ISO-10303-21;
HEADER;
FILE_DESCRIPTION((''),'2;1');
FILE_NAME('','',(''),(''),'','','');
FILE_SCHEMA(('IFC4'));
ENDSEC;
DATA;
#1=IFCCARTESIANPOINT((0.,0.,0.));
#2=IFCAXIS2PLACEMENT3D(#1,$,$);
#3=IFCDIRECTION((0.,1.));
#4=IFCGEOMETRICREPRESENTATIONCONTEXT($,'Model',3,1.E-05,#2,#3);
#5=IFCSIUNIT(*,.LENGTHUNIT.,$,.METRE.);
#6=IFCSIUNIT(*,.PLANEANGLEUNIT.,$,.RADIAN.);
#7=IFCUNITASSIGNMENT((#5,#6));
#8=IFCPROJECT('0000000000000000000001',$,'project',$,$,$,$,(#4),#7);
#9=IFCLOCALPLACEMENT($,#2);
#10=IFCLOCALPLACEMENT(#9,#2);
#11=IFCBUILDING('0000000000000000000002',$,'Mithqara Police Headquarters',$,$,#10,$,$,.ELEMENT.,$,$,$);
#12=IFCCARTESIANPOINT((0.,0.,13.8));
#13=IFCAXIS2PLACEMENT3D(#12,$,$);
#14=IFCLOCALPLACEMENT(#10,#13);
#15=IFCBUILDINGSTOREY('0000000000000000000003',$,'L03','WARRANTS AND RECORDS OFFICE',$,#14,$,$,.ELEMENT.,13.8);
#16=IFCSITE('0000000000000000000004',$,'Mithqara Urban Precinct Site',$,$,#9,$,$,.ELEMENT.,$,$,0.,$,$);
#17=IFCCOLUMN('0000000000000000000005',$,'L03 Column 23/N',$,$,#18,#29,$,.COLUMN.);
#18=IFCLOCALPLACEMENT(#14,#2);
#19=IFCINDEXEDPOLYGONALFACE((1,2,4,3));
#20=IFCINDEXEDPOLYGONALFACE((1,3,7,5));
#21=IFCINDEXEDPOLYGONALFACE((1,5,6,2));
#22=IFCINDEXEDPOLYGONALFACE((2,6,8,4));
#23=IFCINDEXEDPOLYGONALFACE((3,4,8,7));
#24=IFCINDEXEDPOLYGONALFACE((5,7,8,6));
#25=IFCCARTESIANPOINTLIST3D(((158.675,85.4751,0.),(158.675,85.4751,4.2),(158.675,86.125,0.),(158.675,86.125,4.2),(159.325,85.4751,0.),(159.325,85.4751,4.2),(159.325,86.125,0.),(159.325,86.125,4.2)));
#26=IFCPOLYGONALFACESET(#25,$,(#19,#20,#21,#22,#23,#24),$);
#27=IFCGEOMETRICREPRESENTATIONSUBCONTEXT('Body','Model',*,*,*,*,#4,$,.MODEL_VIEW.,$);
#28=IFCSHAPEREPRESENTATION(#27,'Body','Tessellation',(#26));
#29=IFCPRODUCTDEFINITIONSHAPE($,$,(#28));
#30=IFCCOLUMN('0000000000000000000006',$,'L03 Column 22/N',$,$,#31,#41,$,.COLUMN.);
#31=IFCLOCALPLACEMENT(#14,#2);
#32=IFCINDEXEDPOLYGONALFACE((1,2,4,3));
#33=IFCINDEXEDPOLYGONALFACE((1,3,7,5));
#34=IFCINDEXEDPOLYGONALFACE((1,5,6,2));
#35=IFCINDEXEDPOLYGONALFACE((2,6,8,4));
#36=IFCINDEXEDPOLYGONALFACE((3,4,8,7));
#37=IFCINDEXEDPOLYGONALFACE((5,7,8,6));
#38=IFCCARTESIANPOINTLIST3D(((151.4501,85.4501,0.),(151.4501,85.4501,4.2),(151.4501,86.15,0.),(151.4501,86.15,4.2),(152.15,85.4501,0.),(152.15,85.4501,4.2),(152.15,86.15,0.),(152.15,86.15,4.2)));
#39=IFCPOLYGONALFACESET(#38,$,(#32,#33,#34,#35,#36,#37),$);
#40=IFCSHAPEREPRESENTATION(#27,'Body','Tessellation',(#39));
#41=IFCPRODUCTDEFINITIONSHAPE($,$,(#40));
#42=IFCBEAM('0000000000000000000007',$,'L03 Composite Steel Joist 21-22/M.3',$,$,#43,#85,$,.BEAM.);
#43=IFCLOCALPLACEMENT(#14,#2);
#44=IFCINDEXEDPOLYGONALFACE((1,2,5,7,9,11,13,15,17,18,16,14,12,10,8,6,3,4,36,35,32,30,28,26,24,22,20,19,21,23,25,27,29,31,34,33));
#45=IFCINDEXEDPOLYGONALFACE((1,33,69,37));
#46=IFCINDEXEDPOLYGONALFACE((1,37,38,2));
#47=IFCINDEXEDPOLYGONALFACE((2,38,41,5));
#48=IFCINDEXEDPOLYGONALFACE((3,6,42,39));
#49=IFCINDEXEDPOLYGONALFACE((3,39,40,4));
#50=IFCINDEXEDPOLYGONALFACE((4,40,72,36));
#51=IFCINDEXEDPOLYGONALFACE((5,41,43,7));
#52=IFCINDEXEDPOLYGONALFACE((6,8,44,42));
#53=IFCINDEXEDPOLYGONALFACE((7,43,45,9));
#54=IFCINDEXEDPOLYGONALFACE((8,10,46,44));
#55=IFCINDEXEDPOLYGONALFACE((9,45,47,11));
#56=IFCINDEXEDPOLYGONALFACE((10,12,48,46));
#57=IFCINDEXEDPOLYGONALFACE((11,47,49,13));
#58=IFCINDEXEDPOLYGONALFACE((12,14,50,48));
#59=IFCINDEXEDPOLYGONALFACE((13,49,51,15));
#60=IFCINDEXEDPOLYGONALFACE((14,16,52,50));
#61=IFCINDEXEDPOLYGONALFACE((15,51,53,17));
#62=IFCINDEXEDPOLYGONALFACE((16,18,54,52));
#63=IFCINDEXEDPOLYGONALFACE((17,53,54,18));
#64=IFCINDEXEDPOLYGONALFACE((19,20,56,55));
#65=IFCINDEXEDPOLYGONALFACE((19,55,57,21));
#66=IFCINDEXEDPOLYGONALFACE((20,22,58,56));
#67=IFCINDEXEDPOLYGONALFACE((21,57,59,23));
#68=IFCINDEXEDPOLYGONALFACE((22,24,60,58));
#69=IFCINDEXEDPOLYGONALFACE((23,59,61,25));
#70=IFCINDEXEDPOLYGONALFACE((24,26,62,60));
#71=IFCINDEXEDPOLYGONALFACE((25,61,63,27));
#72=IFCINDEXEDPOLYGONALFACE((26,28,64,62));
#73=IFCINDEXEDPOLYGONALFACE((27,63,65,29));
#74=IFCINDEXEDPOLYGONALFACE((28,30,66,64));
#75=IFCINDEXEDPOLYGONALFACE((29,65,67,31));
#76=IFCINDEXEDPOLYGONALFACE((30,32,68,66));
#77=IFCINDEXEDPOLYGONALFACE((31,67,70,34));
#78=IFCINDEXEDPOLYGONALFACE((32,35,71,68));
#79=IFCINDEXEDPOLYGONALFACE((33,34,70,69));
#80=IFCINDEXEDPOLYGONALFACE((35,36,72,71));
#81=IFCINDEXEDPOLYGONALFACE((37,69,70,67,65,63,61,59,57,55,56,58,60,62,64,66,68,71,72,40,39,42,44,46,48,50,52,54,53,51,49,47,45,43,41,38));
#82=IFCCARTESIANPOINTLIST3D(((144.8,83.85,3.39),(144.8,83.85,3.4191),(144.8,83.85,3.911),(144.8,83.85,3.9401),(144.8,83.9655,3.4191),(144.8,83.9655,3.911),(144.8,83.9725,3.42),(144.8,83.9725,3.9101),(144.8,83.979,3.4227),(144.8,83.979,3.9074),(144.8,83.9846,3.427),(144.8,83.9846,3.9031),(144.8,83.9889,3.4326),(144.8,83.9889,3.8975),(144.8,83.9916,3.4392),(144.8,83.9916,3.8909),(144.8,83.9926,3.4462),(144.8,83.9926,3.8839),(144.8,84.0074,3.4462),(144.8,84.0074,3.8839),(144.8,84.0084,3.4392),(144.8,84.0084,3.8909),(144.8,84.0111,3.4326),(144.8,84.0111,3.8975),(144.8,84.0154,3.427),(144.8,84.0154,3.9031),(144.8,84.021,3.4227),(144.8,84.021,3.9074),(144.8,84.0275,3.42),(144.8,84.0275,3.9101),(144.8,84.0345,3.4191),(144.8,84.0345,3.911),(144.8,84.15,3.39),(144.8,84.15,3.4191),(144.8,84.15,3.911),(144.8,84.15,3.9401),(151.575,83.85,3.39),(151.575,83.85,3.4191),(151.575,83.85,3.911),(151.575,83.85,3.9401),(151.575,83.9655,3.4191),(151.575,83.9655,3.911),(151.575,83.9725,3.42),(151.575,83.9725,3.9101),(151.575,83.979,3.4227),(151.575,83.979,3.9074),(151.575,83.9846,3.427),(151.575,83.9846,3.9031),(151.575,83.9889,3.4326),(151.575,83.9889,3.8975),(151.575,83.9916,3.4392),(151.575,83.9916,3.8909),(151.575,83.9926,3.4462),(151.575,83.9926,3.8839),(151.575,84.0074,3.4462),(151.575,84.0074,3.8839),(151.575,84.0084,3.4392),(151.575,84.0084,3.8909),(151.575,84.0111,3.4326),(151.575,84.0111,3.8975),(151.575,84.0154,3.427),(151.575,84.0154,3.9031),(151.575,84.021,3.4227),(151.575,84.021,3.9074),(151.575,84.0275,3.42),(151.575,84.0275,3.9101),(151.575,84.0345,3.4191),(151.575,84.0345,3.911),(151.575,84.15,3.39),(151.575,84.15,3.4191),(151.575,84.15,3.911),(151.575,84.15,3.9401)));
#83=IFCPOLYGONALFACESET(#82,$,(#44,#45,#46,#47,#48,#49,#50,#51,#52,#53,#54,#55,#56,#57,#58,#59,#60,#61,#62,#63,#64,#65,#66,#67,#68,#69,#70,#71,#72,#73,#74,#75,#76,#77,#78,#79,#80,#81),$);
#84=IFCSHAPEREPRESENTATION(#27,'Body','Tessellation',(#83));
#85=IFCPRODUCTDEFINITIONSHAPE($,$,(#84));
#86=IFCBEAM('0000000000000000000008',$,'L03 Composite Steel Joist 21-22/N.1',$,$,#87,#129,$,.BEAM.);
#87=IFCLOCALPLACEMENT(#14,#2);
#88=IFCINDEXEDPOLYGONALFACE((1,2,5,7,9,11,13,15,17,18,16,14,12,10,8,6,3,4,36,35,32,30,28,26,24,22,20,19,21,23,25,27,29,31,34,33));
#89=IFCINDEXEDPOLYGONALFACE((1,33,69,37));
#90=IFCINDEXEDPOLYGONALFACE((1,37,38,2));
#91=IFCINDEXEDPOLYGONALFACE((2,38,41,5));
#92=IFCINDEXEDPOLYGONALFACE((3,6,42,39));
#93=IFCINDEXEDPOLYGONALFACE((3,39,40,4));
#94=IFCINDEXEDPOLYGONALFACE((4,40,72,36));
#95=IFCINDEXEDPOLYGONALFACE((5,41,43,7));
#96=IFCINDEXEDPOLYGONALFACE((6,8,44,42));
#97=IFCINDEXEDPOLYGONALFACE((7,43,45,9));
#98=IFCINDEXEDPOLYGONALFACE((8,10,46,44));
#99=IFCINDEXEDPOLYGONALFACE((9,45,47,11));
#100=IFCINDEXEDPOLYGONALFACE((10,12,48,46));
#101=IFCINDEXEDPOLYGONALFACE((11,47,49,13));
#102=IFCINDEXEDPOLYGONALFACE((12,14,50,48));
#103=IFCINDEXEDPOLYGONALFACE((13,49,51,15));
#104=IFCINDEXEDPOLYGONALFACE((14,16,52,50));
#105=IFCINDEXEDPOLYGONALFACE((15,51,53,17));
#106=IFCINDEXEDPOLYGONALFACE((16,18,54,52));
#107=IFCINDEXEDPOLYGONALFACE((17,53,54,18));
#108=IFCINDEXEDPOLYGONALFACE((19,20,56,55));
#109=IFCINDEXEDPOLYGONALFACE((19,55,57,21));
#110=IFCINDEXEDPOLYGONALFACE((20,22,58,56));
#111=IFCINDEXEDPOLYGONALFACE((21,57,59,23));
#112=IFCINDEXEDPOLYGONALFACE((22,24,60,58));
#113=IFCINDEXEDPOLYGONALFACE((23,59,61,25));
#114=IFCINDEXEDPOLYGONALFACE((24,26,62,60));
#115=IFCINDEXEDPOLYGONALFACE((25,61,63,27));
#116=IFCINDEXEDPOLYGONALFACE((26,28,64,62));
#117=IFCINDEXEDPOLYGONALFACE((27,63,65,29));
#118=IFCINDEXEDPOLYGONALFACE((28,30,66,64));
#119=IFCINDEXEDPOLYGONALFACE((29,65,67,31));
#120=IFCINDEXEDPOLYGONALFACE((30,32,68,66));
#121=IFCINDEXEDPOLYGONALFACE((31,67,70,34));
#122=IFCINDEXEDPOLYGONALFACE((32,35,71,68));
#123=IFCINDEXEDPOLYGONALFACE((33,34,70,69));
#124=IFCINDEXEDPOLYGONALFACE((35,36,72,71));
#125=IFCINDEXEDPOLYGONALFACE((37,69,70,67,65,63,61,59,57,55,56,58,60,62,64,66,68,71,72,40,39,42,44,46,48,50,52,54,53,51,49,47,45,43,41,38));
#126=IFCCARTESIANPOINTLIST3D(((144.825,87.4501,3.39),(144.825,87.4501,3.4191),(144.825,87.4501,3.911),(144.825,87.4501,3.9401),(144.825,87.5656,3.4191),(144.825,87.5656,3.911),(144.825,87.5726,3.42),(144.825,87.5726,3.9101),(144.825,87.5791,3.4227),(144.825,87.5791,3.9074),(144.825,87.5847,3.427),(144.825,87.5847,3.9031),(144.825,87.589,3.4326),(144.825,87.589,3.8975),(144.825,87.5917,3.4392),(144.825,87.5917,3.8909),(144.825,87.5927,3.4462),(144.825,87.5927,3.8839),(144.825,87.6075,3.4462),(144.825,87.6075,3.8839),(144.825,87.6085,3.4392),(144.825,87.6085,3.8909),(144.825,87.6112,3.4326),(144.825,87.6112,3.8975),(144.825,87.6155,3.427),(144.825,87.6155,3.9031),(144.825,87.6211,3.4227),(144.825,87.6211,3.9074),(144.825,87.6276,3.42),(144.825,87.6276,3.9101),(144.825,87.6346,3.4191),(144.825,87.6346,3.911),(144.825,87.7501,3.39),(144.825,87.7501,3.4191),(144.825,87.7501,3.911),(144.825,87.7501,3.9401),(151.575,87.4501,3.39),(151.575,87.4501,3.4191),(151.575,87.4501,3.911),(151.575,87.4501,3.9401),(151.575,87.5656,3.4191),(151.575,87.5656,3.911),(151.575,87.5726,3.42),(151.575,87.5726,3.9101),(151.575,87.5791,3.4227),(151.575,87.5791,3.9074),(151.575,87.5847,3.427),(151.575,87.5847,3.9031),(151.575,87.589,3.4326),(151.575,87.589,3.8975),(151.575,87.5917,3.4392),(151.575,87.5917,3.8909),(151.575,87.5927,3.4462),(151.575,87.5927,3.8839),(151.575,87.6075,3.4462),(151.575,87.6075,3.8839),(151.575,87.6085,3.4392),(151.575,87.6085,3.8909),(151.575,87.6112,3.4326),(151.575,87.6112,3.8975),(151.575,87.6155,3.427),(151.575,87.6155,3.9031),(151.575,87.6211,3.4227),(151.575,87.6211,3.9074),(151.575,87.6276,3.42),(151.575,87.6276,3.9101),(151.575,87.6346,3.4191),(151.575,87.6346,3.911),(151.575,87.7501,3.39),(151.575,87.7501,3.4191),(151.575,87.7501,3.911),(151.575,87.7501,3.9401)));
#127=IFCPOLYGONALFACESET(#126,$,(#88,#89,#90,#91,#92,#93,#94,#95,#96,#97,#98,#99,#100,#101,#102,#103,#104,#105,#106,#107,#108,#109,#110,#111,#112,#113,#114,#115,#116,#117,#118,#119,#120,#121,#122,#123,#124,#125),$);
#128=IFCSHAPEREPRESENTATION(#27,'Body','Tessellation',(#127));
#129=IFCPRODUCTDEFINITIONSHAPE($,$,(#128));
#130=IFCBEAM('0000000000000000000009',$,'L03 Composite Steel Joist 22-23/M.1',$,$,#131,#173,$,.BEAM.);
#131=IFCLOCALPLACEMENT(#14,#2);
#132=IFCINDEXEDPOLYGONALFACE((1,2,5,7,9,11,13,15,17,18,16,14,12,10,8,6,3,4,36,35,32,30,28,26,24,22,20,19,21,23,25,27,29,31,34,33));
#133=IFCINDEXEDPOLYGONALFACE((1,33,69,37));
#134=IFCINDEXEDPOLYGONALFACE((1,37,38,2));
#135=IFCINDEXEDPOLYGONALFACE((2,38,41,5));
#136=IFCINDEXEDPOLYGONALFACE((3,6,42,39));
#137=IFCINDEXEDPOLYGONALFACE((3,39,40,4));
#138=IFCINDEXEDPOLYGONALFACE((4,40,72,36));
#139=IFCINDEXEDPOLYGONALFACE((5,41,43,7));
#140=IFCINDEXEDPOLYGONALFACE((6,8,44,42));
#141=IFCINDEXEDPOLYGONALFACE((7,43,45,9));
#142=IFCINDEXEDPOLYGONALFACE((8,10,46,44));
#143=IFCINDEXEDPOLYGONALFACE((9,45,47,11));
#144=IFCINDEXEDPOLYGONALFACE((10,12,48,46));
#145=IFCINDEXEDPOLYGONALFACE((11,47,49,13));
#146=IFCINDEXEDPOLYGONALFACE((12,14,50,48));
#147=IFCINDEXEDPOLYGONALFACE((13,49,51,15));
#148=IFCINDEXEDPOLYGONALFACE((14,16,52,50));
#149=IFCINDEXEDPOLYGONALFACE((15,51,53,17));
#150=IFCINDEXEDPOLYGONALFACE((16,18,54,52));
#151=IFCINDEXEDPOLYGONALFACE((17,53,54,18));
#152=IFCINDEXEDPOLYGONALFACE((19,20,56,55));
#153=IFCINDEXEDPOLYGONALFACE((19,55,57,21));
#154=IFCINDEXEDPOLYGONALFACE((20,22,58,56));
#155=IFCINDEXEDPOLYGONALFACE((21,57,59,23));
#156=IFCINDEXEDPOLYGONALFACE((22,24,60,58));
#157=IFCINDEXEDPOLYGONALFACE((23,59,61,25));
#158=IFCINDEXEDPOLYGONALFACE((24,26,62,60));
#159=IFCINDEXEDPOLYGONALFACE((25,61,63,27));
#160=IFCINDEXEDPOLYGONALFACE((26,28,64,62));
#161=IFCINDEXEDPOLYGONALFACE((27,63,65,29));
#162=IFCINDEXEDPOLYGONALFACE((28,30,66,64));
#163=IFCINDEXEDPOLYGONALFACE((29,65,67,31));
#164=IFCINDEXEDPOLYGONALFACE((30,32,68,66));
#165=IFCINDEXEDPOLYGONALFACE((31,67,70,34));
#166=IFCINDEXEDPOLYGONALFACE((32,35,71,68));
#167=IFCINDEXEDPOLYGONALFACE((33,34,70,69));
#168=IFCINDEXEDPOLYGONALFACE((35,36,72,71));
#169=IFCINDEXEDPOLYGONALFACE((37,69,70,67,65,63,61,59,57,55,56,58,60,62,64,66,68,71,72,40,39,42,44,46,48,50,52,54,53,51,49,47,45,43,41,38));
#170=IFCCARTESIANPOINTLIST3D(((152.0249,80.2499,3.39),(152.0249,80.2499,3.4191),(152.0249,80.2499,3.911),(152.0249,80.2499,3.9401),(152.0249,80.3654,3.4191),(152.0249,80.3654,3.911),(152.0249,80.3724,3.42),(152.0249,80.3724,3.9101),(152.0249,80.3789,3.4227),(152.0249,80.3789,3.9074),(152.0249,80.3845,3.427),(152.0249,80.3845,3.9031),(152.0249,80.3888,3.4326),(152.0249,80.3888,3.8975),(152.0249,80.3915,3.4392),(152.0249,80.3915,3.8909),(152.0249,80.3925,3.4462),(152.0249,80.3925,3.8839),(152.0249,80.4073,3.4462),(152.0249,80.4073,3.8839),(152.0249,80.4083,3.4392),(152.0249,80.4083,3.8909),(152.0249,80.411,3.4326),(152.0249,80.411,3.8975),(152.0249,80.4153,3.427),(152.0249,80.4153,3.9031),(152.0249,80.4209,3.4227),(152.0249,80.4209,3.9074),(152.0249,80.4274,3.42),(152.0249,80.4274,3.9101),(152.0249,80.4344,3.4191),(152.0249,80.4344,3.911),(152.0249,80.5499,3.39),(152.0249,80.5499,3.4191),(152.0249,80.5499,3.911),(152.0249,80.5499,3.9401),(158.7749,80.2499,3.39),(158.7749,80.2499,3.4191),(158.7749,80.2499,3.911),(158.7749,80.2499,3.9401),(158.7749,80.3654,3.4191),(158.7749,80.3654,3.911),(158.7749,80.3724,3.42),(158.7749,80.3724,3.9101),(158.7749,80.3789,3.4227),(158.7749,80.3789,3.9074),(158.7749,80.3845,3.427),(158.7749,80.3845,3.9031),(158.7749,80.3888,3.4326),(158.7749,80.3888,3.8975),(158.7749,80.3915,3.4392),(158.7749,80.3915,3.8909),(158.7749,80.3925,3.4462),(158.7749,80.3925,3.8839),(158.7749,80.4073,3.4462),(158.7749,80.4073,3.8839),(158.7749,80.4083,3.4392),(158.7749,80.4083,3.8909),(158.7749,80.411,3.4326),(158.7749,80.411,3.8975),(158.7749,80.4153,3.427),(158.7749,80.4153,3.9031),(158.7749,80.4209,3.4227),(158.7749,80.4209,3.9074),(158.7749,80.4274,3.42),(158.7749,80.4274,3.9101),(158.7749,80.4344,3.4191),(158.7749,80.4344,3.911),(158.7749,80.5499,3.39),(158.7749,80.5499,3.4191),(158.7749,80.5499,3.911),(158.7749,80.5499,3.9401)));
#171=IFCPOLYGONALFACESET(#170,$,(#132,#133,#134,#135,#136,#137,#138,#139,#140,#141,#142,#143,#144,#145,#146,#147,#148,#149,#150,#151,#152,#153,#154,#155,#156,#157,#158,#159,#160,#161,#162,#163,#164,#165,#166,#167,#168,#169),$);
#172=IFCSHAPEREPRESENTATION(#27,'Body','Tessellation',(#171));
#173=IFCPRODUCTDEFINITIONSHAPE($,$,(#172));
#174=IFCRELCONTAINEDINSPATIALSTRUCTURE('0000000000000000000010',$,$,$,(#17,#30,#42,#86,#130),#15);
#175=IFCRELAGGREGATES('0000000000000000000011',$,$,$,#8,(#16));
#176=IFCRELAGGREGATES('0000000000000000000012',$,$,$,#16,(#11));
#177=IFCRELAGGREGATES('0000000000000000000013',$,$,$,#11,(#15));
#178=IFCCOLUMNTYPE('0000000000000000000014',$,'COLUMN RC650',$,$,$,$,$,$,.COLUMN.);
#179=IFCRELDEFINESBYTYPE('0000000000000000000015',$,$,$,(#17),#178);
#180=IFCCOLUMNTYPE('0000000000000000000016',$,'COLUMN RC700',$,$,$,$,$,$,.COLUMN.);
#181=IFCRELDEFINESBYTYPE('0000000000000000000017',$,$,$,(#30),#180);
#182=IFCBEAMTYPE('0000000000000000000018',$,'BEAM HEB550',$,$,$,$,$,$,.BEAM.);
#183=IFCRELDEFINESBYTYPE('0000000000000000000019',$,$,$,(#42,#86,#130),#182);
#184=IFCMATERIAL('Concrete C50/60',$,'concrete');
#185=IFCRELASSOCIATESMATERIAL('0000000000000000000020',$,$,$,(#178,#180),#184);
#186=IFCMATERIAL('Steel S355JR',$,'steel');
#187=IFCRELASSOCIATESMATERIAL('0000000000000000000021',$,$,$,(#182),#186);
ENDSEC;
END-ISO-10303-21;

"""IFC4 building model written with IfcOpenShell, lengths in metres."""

from ifc_helpers import new_model, si_unit, direction, frame, origin, origin_2d, place, context, subcontext, project, spatial, rectangle, i_section, extrude, material, material_profile, profile_set, type_object, element, save


model = new_model("IFC4")

# Units and contexts
model_context = context("Model", 3, precision=1e-05, world=origin(), true_north=direction((0.0, 1.0)))
body_context = subcontext(model_context, "Body", "Model", "MODEL_VIEW")
ifc_project = project(units=[si_unit("LENGTHUNIT", "METRE"), si_unit("PLANEANGLEUNIT", "RADIAN")], contexts=[model_context])

# Site, building, storey
site_placement = place(None, origin())
site = spatial("IfcSite", under=ifc_project, at=site_placement, Name="Mithqara Urban Precinct Site", CompositionType="ELEMENT", RefElevation=0.0)
building_placement = place(site_placement, origin())
building = spatial("IfcBuilding", under=site, at=building_placement, Name="Mithqara Police Headquarters", CompositionType="ELEMENT")
storey_placement = place(building_placement, frame((0.0, 0.0, 13.8)))
storey = spatial("IfcBuildingStorey", under=building, at=storey_placement, Name="L03", Description="WARRANTS AND RECORDS OFFICE", CompositionType="ELEMENT", Elevation=13.8)

# Columns
ifc_material_1 = material(Name="Concrete C50/60", Category="concrete")
ifc_material_profile_1 = material_profile(ifc_material_1, rectangle(XDim=0.6499, YDim=0.6499, at=origin_2d()), Name="RC 650x650")
ifc_profile_set_1 = profile_set([ifc_material_profile_1], Name="Concrete C50/60")
column_type_1 = type_object("IfcColumnType", Name="COLUMN RC650", PredefinedType="COLUMN", material=ifc_profile_set_1)
column_1_placement = place(storey_placement, frame((159.0, 85.8, 0.0), z_axis=(0.0, 0.0, 1.0), x_axis=(1.0, 0.0, 0.0)))
element("IfcColumn", 1, at=column_1_placement, inside=storey, type_object=column_type_1, Name="L03 Column 23/N", PredefinedType="COLUMN", context=body_context, shape_type="SweptSolid", body=[
    extrude(rectangle(XDim=0.6499, YDim=0.6499, at=origin_2d()), origin(), (0.0, 0.0, 1.0), 4.2),
])
ifc_material_profile_2 = material_profile(ifc_material_1, rectangle(XDim=0.7, YDim=0.7, at=origin_2d()), Name="RC 700x700")
ifc_profile_set_2 = profile_set([ifc_material_profile_2], Name="Concrete C50/60")
column_type_2 = type_object("IfcColumnType", Name="COLUMN RC700", PredefinedType="COLUMN", material=ifc_profile_set_2)
column_2_placement = place(storey_placement, frame((151.8, 85.8, 0.0), z_axis=(0.0, 0.0, 1.0), x_axis=(1.0, 0.0, 0.0)))
element("IfcColumn", 2, at=column_2_placement, inside=storey, type_object=column_type_2, Name="L03 Column 22/N", PredefinedType="COLUMN", context=body_context, shape_type="SweptSolid", body=[
    extrude(rectangle(XDim=0.7, YDim=0.7, at=origin_2d()), origin(), (0.0, 0.0, 1.0), 4.2),
])

# Beams
ifc_material_2 = material(Name="Steel S355JR", Category="steel")
ifc_material_profile_3 = material_profile(ifc_material_2, i_section(OverallWidth=0.3, OverallDepth=0.55, WebThickness=0.0149, FlangeThickness=0.0291, FilletRadius=0.0271, at=origin_2d()), Name="HEB 550")
ifc_profile_set_3 = profile_set([ifc_material_profile_3], Name="Steel S355JR")
beam_type_1 = type_object("IfcBeamType", Name="BEAM HEB550", PredefinedType="BEAM", material=ifc_profile_set_3)
beam_1_placement = place(storey_placement, frame((144.8, 84.0, 3.665), z_axis=(1.0, 0.0, 0.0), x_axis=(0.0, 1.0, 0.0)))
element("IfcBeam", 3, at=beam_1_placement, inside=storey, type_object=beam_type_1, Name="L03 Composite Steel Joist 21-22/M.3", PredefinedType="BEAM", context=body_context, shape_type="SweptSolid", body=[
    extrude(i_section(OverallWidth=0.3, OverallDepth=0.55, WebThickness=0.0149, FlangeThickness=0.0291, FilletRadius=0.0271, at=origin_2d()), origin(), (0.0, 0.0, 1.0), 6.7749),
])
for number, where, z_axis, x_axis, name in (
    (4, (144.825, 87.6001, 3.665), (1.0, 0.0, 0.0), (0.0, 1.0, 0.0), "L03 Composite Steel Joist 21-22/N.1"),
    (5, (152.0249, 80.3999, 3.665), (1.0, 0.0, 0.0), (0.0, 1.0, 0.0), "L03 Composite Steel Joist 22-23/M.1"),
):
    element("IfcBeam", number, at=place(storey_placement, frame(where, z_axis=z_axis, x_axis=x_axis)), inside=storey, type_object=beam_type_1, Name=name, PredefinedType="BEAM", context=body_context, shape_type="SweptSolid", body=[
        extrude(i_section(OverallWidth=0.3, OverallDepth=0.55, WebThickness=0.0149, FlangeThickness=0.0291, FilletRadius=0.0271, at=origin_2d()), origin(), (0.0, 0.0, 1.0), 6.75),
    ])

save(model, "model.ifc")
